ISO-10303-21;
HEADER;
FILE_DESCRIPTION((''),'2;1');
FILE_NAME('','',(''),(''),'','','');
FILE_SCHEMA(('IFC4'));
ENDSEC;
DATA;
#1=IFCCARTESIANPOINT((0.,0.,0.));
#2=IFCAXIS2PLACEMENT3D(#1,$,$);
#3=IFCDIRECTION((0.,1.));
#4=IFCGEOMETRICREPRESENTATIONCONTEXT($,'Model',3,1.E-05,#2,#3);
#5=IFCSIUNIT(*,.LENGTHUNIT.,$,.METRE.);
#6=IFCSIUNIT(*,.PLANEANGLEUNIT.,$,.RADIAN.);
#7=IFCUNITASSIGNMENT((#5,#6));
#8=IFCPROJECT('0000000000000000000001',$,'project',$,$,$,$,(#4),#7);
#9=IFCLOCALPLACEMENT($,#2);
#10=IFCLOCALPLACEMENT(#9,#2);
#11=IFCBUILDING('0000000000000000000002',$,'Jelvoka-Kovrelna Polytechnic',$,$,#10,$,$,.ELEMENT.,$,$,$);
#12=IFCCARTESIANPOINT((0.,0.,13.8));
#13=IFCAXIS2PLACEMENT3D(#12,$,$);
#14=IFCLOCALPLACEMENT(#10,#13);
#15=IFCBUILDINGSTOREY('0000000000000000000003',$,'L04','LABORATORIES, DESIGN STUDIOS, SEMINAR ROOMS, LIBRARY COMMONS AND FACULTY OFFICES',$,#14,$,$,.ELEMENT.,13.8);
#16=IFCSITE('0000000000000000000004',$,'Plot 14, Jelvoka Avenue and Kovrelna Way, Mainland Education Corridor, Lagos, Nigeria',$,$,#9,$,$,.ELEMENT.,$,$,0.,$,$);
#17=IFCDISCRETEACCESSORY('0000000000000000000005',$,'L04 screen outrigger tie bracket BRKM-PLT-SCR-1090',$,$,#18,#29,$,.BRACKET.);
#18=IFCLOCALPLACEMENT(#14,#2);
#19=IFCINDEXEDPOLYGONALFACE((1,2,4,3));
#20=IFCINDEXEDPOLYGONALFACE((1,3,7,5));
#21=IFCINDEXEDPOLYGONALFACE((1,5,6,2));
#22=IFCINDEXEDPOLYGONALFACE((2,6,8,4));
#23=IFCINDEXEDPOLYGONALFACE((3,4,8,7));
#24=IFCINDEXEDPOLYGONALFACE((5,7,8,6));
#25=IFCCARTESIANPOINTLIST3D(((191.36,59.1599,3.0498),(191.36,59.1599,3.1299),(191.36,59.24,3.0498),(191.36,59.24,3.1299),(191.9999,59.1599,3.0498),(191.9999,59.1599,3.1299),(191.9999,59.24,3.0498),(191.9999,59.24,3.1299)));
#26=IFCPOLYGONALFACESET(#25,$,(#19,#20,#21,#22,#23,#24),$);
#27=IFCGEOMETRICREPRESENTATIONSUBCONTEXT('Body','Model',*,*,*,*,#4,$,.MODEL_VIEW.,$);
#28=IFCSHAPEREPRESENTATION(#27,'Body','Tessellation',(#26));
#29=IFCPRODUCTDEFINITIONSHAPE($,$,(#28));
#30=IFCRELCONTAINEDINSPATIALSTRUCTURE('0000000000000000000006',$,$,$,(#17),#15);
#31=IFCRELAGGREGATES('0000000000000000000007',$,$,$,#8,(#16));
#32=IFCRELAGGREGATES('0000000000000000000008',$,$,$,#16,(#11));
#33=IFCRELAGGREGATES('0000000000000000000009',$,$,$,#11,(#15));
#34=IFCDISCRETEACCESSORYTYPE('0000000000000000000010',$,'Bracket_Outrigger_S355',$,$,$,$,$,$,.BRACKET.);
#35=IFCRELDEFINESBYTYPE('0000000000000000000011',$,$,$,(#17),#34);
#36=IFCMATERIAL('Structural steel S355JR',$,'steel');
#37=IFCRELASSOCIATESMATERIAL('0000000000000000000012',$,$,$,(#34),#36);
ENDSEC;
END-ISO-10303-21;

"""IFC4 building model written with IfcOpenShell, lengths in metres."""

from ifc_helpers import new_model, si_unit, direction, frame, origin, origin_2d, place, context, subcontext, project, spatial, rectangle, extrude, material, type_object, element, save


model = new_model("IFC4")

# Units and contexts
model_context = context("Model", 3, precision=1e-05, world=origin(), true_north=direction((0.0, 1.0)))
body_context = subcontext(model_context, "Body", "Model", "MODEL_VIEW")
ifc_project = project(units=[si_unit("LENGTHUNIT", "METRE"), si_unit("PLANEANGLEUNIT", "RADIAN")], contexts=[model_context])

# Site, building, storey
site_placement = place(None, origin())
site = spatial("IfcSite", under=ifc_project, at=site_placement, Name="Plot 14, Jelvoka Avenue and Kovrelna Way, Mainland Education Corridor, Lagos, Nigeria", CompositionType="ELEMENT", RefElevation=0.0)
building_placement = place(site_placement, origin())
building = spatial("IfcBuilding", under=site, at=building_placement, Name="Jelvoka-Kovrelna Polytechnic", CompositionType="ELEMENT")
storey_placement = place(building_placement, frame((0.0, 0.0, 13.8)))
storey = spatial("IfcBuildingStorey", under=building, at=storey_placement, Name="L04", Description="LABORATORIES, DESIGN STUDIOS, SEMINAR ROOMS, LIBRARY COMMONS AND FACULTY OFFICES", CompositionType="ELEMENT", Elevation=13.8)

# Discrete accessory
ifc_material_1 = material(Name="Structural steel S355JR", Category="steel")
discrete_accessory_type = type_object("IfcDiscreteAccessoryType", Name="Bracket_Outrigger_S355", PredefinedType="BRACKET", material=ifc_material_1)
for number, where, z_axis, x_axis, name in (
    (1, (191.6799, 59.2, 3.0498), (0.0, 0.0, 1.0), (1.0, 0.0, 0.0), "L04 screen outrigger tie bracket BRKM-PLT-SCR-1090"),
):
    element("IfcDiscreteAccessory", number, at=place(storey_placement, frame(where, z_axis=z_axis, x_axis=x_axis)), inside=storey, type_object=discrete_accessory_type, Name=name, PredefinedType="BRACKET", context=body_context, shape_type="SweptSolid", body=[
        extrude(rectangle(XDim=0.6399, YDim=0.0801, at=origin_2d()), origin(), (0.0, 0.0, 1.0), 0.0801),
    ])

save(model, "model.ifc")
